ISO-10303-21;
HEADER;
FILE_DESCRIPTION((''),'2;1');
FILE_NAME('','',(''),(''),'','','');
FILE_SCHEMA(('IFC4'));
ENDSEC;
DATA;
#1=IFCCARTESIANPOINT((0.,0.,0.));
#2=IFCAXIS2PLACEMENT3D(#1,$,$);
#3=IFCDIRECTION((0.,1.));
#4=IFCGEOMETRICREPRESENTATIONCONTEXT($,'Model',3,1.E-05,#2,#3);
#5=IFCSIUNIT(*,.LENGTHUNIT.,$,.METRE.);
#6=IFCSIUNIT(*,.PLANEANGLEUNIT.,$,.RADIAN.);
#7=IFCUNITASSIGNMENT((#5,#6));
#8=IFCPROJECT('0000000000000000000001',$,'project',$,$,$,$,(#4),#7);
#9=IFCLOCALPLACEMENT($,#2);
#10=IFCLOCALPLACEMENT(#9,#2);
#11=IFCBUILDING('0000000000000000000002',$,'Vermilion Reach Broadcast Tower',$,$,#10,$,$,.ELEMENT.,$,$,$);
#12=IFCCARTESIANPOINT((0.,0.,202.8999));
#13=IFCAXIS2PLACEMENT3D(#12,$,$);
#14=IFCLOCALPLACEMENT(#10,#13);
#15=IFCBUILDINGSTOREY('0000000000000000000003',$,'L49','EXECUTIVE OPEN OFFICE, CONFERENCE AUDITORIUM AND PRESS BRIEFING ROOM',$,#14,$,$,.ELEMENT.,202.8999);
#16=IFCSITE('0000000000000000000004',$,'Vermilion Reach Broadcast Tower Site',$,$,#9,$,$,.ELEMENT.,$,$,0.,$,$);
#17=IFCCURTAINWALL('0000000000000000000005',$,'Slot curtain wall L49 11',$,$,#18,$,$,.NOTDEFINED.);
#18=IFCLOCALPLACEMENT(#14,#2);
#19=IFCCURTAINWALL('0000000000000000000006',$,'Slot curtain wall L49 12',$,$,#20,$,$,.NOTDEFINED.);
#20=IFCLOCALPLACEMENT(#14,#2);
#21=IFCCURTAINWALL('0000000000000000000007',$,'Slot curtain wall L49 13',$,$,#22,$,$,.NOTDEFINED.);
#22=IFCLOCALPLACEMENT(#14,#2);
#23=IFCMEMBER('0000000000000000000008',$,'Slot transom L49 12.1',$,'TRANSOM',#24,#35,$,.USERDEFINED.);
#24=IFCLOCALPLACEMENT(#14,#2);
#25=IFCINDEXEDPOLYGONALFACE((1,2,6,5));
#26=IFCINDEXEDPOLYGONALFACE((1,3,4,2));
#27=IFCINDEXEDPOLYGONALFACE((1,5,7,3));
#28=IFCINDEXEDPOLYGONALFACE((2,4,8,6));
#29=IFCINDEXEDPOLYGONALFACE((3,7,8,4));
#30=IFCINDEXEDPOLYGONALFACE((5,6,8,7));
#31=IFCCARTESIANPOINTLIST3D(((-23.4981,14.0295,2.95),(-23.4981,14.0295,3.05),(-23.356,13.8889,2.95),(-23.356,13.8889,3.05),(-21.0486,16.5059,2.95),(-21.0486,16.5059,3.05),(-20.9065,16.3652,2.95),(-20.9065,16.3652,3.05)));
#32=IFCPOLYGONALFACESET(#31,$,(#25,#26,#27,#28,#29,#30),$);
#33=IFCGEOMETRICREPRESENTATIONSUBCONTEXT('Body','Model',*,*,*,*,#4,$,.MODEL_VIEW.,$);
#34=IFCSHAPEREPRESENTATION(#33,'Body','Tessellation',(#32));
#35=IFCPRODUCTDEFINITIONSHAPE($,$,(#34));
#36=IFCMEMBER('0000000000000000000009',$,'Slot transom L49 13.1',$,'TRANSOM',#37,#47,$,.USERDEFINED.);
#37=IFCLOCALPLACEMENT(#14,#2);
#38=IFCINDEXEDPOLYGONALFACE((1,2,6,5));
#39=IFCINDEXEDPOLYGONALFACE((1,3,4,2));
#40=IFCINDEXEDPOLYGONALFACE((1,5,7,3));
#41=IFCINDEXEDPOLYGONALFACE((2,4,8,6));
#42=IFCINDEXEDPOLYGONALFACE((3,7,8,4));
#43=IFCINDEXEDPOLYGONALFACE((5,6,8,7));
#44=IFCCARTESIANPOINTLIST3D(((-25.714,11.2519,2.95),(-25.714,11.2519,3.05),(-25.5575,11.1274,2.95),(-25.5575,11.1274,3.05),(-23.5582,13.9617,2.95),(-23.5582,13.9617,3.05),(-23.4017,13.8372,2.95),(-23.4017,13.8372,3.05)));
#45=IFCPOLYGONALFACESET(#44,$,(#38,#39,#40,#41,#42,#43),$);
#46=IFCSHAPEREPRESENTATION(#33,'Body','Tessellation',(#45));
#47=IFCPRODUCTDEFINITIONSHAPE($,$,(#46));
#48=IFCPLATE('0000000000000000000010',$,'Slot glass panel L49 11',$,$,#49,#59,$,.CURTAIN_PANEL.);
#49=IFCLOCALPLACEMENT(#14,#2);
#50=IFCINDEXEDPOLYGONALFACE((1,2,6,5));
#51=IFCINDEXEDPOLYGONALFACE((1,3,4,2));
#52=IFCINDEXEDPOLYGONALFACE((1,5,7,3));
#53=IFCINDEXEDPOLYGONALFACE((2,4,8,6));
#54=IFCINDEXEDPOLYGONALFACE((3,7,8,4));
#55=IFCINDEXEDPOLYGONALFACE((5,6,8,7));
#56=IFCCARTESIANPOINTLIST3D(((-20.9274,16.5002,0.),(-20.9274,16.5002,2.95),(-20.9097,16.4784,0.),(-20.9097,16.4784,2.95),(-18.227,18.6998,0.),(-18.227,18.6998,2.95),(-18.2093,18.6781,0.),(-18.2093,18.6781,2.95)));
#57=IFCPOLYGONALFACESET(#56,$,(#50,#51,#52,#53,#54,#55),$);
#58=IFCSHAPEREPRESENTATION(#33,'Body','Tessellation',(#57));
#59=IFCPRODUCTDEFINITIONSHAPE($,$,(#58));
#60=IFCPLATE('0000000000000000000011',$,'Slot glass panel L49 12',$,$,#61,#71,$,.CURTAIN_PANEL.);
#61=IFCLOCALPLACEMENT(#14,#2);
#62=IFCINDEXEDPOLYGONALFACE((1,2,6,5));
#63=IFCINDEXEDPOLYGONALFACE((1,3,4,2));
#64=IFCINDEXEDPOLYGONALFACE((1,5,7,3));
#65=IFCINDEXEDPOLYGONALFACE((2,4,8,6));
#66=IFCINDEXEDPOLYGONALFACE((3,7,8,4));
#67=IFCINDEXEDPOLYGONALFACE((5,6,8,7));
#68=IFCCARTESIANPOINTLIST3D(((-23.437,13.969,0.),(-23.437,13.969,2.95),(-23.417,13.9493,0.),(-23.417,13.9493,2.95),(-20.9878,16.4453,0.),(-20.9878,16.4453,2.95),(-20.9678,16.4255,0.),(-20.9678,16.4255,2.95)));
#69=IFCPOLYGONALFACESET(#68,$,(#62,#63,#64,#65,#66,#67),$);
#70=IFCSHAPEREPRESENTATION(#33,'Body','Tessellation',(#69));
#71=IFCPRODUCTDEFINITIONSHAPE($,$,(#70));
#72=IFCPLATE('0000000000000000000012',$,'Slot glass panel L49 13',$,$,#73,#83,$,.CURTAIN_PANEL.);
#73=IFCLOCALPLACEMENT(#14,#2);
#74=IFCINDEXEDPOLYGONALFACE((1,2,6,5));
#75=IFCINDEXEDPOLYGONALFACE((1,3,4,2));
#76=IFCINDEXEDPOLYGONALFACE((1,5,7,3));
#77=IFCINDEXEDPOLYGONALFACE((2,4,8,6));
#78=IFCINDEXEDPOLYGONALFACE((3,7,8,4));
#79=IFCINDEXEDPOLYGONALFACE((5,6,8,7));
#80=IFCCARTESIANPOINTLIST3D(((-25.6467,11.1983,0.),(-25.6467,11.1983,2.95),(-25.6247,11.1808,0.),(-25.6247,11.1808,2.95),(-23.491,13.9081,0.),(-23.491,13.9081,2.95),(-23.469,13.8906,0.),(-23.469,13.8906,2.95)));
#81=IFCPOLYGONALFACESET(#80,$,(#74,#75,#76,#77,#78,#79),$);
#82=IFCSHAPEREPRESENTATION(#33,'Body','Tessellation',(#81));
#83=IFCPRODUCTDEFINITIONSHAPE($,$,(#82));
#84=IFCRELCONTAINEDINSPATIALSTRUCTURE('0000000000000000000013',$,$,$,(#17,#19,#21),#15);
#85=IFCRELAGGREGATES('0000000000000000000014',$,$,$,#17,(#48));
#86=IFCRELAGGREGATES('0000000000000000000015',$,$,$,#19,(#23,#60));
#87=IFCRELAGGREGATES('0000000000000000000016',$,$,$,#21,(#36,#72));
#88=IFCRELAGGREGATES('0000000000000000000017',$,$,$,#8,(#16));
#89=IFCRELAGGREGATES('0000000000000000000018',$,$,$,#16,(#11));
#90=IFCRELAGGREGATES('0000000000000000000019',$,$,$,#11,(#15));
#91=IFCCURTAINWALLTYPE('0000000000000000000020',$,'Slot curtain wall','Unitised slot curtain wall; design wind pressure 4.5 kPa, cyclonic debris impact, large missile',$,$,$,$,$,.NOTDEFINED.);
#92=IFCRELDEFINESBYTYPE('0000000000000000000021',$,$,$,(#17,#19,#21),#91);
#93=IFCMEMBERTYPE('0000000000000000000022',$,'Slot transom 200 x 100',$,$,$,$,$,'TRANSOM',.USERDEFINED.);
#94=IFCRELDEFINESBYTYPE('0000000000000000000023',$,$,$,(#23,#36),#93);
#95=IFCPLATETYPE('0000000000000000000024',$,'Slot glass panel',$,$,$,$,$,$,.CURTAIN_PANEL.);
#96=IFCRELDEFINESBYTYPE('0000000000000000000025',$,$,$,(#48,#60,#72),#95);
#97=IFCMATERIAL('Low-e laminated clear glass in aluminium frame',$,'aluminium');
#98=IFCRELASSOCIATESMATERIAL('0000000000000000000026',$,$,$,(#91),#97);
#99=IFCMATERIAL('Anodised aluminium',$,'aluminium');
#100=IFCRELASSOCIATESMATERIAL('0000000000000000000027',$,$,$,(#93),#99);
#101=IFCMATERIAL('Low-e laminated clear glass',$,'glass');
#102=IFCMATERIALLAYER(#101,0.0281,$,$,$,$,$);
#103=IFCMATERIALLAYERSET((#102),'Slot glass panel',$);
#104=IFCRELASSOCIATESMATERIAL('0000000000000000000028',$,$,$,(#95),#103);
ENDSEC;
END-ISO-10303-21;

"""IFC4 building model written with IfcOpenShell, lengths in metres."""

from ifc_helpers import new_model, si_unit, direction, frame, origin, origin_2d, place, context, subcontext, project, spatial, rectangle, extrude, material, layer, layer_set, material_profile, profile_set, type_object, element, aggregate, save


model = new_model("IFC4")

# Units and contexts
model_context = context("Model", 3, precision=1e-05, world=origin(), true_north=direction((0.0, 1.0)))
body_context = subcontext(model_context, "Body", "Model", "MODEL_VIEW")
ifc_project = project(units=[si_unit("LENGTHUNIT", "METRE"), si_unit("PLANEANGLEUNIT", "RADIAN")], contexts=[model_context])

# Site, building, storey
site_placement = place(None, origin())
site = spatial("IfcSite", under=ifc_project, at=site_placement, Name="Vermilion Reach Broadcast Tower Site", CompositionType="ELEMENT", RefElevation=0.0)
building_placement = place(site_placement, origin())
building = spatial("IfcBuilding", under=site, at=building_placement, Name="Vermilion Reach Broadcast Tower", CompositionType="ELEMENT")
storey_placement = place(building_placement, frame((0.0, 0.0, 202.8999)))
storey = spatial("IfcBuildingStorey", under=building, at=storey_placement, Name="L49", Description="EXECUTIVE OPEN OFFICE, CONFERENCE AUDITORIUM AND PRESS BRIEFING ROOM", CompositionType="ELEMENT", Elevation=202.8999)

# Curtain walls
ifc_material_1 = material(Name="Low-e laminated clear glass in aluminium frame", Category="aluminium")
curtain_wall_type = type_object("IfcCurtainWallType", Name="Slot curtain wall", Description="Unitised slot curtain wall; design wind pressure 4.5 kPa, cyclonic debris impact, large missile", PredefinedType="NOTDEFINED", material=ifc_material_1)
placement = place(storey_placement, origin())
curtain_wall_1 = element("IfcCurtainWall", 1, at=placement, inside=storey, type_object=curtain_wall_type, Name="Slot curtain wall L49 11", PredefinedType="NOTDEFINED")
curtain_wall_2 = element("IfcCurtainWall", 2, at=placement, inside=storey, type_object=curtain_wall_type, Name="Slot curtain wall L49 12", PredefinedType="NOTDEFINED")

# Curtain wall
curtain_wall_3 = element("IfcCurtainWall", 3, at=placement, inside=storey, type_object=curtain_wall_type, Name="Slot curtain wall L49 13", PredefinedType="NOTDEFINED")

# Members
ifc_material_2 = material(Name="Anodised aluminium", Category="aluminium")
ifc_material_profile_1 = material_profile(ifc_material_2, rectangle(XDim=0.2, YDim=0.1001, at=origin_2d()), Name="Slot transom 200 x 100")
ifc_profile_set_1 = profile_set([ifc_material_profile_1], Name="Anodised aluminium")
member_type_1 = type_object("IfcMemberType", Name="Slot transom 200 x 100", ElementType="TRANSOM", PredefinedType="USERDEFINED", material=ifc_profile_set_1)
member_1_placement = place(storey_placement, frame((-20.9775, 16.4355, 3.0), z_axis=(-0.703241, -0.710951, 0.0), x_axis=(0.710951, -0.703241, 0.0)))
member_1 = element("IfcMember", 4, at=member_1_placement, type_object=member_type_1, Name="Slot transom L49 12.1", ObjectType="TRANSOM", PredefinedType="USERDEFINED", context=body_context, shape_type="SweptSolid", body=[
    extrude(rectangle(XDim=0.2, YDim=0.1001, at=origin_2d()), origin(), (0.0, 0.0, 1.0), 3.4832),
])
member_2_placement = place(storey_placement, frame((-23.48, 13.8994, 3.0), z_axis=(-0.622578, -0.782558, 0.0), x_axis=(0.782558, -0.622578, 0.0)))
member_2 = element("IfcMember", 5, at=member_2_placement, type_object=member_type_1, Name="Slot transom L49 13.1", ObjectType="TRANSOM", PredefinedType="USERDEFINED", context=body_context, shape_type="SweptSolid", body=[
    extrude(rectangle(XDim=0.2, YDim=0.1001, at=origin_2d()), origin(), (0.0, 0.0, 1.0), 3.4626),
])

# Plates
ifc_material_3 = material(Name="Low-e laminated clear glass", Category="glass")
ifc_layer = layer(ifc_material_3, 0.0281)
ifc_layer_set = layer_set([ifc_layer], Name="Slot glass panel")
plate_type = type_object("IfcPlateType", Name="Slot glass panel", PredefinedType="CURTAIN_PANEL", material=ifc_layer_set)
plate_1_placement = place(storey_placement, frame((-19.5684, 17.5891, 0.0), z_axis=(0.0, 0.0, 1.0), x_axis=(-0.775323, -0.631565, 0.0)))
plate_1 = element("IfcPlate", 6, at=plate_1_placement, type_object=plate_type, Name="Slot glass panel L49 11", PredefinedType="CURTAIN_PANEL", context=body_context, shape_type="SweptSolid", body=[
    extrude(rectangle(XDim=3.4829, YDim=0.0281, at=origin_2d()), origin(), (0.0, 0.0, 1.0), 2.95),
])
aggregate(curtain_wall_1, [plate_1])
plate_2_placement = place(storey_placement, frame((-22.2024, 15.1973, 0.0), z_axis=(0.0, 0.0, 1.0), x_axis=(-0.703217, -0.710975, 0.0)))
plate_2 = element("IfcPlate", 7, at=plate_2_placement, type_object=plate_type, Name="Slot glass panel L49 12", PredefinedType="CURTAIN_PANEL", context=body_context, shape_type="SweptSolid", body=[
    extrude(rectangle(XDim=3.4829, YDim=0.0281, at=origin_2d()), origin(), (0.0, 0.0, 1.0), 2.95),
])
aggregate(curtain_wall_2, [member_1, plate_2])
plate_3_placement = place(storey_placement, frame((-24.5579, 12.5444, 0.0), z_axis=(0.0, 0.0, 1.0), x_axis=(-0.622548, -0.782581, 0.0)))
plate_3 = element("IfcPlate", 8, at=plate_3_placement, type_object=plate_type, Name="Slot glass panel L49 13", PredefinedType="CURTAIN_PANEL", context=body_context, shape_type="SweptSolid", body=[
    extrude(rectangle(XDim=3.4626, YDim=0.0281, at=origin_2d()), origin(), (0.0, 0.0, 1.0), 2.95),
])
aggregate(curtain_wall_3, [member_2, plate_3])

save(model, "model.ifc")
